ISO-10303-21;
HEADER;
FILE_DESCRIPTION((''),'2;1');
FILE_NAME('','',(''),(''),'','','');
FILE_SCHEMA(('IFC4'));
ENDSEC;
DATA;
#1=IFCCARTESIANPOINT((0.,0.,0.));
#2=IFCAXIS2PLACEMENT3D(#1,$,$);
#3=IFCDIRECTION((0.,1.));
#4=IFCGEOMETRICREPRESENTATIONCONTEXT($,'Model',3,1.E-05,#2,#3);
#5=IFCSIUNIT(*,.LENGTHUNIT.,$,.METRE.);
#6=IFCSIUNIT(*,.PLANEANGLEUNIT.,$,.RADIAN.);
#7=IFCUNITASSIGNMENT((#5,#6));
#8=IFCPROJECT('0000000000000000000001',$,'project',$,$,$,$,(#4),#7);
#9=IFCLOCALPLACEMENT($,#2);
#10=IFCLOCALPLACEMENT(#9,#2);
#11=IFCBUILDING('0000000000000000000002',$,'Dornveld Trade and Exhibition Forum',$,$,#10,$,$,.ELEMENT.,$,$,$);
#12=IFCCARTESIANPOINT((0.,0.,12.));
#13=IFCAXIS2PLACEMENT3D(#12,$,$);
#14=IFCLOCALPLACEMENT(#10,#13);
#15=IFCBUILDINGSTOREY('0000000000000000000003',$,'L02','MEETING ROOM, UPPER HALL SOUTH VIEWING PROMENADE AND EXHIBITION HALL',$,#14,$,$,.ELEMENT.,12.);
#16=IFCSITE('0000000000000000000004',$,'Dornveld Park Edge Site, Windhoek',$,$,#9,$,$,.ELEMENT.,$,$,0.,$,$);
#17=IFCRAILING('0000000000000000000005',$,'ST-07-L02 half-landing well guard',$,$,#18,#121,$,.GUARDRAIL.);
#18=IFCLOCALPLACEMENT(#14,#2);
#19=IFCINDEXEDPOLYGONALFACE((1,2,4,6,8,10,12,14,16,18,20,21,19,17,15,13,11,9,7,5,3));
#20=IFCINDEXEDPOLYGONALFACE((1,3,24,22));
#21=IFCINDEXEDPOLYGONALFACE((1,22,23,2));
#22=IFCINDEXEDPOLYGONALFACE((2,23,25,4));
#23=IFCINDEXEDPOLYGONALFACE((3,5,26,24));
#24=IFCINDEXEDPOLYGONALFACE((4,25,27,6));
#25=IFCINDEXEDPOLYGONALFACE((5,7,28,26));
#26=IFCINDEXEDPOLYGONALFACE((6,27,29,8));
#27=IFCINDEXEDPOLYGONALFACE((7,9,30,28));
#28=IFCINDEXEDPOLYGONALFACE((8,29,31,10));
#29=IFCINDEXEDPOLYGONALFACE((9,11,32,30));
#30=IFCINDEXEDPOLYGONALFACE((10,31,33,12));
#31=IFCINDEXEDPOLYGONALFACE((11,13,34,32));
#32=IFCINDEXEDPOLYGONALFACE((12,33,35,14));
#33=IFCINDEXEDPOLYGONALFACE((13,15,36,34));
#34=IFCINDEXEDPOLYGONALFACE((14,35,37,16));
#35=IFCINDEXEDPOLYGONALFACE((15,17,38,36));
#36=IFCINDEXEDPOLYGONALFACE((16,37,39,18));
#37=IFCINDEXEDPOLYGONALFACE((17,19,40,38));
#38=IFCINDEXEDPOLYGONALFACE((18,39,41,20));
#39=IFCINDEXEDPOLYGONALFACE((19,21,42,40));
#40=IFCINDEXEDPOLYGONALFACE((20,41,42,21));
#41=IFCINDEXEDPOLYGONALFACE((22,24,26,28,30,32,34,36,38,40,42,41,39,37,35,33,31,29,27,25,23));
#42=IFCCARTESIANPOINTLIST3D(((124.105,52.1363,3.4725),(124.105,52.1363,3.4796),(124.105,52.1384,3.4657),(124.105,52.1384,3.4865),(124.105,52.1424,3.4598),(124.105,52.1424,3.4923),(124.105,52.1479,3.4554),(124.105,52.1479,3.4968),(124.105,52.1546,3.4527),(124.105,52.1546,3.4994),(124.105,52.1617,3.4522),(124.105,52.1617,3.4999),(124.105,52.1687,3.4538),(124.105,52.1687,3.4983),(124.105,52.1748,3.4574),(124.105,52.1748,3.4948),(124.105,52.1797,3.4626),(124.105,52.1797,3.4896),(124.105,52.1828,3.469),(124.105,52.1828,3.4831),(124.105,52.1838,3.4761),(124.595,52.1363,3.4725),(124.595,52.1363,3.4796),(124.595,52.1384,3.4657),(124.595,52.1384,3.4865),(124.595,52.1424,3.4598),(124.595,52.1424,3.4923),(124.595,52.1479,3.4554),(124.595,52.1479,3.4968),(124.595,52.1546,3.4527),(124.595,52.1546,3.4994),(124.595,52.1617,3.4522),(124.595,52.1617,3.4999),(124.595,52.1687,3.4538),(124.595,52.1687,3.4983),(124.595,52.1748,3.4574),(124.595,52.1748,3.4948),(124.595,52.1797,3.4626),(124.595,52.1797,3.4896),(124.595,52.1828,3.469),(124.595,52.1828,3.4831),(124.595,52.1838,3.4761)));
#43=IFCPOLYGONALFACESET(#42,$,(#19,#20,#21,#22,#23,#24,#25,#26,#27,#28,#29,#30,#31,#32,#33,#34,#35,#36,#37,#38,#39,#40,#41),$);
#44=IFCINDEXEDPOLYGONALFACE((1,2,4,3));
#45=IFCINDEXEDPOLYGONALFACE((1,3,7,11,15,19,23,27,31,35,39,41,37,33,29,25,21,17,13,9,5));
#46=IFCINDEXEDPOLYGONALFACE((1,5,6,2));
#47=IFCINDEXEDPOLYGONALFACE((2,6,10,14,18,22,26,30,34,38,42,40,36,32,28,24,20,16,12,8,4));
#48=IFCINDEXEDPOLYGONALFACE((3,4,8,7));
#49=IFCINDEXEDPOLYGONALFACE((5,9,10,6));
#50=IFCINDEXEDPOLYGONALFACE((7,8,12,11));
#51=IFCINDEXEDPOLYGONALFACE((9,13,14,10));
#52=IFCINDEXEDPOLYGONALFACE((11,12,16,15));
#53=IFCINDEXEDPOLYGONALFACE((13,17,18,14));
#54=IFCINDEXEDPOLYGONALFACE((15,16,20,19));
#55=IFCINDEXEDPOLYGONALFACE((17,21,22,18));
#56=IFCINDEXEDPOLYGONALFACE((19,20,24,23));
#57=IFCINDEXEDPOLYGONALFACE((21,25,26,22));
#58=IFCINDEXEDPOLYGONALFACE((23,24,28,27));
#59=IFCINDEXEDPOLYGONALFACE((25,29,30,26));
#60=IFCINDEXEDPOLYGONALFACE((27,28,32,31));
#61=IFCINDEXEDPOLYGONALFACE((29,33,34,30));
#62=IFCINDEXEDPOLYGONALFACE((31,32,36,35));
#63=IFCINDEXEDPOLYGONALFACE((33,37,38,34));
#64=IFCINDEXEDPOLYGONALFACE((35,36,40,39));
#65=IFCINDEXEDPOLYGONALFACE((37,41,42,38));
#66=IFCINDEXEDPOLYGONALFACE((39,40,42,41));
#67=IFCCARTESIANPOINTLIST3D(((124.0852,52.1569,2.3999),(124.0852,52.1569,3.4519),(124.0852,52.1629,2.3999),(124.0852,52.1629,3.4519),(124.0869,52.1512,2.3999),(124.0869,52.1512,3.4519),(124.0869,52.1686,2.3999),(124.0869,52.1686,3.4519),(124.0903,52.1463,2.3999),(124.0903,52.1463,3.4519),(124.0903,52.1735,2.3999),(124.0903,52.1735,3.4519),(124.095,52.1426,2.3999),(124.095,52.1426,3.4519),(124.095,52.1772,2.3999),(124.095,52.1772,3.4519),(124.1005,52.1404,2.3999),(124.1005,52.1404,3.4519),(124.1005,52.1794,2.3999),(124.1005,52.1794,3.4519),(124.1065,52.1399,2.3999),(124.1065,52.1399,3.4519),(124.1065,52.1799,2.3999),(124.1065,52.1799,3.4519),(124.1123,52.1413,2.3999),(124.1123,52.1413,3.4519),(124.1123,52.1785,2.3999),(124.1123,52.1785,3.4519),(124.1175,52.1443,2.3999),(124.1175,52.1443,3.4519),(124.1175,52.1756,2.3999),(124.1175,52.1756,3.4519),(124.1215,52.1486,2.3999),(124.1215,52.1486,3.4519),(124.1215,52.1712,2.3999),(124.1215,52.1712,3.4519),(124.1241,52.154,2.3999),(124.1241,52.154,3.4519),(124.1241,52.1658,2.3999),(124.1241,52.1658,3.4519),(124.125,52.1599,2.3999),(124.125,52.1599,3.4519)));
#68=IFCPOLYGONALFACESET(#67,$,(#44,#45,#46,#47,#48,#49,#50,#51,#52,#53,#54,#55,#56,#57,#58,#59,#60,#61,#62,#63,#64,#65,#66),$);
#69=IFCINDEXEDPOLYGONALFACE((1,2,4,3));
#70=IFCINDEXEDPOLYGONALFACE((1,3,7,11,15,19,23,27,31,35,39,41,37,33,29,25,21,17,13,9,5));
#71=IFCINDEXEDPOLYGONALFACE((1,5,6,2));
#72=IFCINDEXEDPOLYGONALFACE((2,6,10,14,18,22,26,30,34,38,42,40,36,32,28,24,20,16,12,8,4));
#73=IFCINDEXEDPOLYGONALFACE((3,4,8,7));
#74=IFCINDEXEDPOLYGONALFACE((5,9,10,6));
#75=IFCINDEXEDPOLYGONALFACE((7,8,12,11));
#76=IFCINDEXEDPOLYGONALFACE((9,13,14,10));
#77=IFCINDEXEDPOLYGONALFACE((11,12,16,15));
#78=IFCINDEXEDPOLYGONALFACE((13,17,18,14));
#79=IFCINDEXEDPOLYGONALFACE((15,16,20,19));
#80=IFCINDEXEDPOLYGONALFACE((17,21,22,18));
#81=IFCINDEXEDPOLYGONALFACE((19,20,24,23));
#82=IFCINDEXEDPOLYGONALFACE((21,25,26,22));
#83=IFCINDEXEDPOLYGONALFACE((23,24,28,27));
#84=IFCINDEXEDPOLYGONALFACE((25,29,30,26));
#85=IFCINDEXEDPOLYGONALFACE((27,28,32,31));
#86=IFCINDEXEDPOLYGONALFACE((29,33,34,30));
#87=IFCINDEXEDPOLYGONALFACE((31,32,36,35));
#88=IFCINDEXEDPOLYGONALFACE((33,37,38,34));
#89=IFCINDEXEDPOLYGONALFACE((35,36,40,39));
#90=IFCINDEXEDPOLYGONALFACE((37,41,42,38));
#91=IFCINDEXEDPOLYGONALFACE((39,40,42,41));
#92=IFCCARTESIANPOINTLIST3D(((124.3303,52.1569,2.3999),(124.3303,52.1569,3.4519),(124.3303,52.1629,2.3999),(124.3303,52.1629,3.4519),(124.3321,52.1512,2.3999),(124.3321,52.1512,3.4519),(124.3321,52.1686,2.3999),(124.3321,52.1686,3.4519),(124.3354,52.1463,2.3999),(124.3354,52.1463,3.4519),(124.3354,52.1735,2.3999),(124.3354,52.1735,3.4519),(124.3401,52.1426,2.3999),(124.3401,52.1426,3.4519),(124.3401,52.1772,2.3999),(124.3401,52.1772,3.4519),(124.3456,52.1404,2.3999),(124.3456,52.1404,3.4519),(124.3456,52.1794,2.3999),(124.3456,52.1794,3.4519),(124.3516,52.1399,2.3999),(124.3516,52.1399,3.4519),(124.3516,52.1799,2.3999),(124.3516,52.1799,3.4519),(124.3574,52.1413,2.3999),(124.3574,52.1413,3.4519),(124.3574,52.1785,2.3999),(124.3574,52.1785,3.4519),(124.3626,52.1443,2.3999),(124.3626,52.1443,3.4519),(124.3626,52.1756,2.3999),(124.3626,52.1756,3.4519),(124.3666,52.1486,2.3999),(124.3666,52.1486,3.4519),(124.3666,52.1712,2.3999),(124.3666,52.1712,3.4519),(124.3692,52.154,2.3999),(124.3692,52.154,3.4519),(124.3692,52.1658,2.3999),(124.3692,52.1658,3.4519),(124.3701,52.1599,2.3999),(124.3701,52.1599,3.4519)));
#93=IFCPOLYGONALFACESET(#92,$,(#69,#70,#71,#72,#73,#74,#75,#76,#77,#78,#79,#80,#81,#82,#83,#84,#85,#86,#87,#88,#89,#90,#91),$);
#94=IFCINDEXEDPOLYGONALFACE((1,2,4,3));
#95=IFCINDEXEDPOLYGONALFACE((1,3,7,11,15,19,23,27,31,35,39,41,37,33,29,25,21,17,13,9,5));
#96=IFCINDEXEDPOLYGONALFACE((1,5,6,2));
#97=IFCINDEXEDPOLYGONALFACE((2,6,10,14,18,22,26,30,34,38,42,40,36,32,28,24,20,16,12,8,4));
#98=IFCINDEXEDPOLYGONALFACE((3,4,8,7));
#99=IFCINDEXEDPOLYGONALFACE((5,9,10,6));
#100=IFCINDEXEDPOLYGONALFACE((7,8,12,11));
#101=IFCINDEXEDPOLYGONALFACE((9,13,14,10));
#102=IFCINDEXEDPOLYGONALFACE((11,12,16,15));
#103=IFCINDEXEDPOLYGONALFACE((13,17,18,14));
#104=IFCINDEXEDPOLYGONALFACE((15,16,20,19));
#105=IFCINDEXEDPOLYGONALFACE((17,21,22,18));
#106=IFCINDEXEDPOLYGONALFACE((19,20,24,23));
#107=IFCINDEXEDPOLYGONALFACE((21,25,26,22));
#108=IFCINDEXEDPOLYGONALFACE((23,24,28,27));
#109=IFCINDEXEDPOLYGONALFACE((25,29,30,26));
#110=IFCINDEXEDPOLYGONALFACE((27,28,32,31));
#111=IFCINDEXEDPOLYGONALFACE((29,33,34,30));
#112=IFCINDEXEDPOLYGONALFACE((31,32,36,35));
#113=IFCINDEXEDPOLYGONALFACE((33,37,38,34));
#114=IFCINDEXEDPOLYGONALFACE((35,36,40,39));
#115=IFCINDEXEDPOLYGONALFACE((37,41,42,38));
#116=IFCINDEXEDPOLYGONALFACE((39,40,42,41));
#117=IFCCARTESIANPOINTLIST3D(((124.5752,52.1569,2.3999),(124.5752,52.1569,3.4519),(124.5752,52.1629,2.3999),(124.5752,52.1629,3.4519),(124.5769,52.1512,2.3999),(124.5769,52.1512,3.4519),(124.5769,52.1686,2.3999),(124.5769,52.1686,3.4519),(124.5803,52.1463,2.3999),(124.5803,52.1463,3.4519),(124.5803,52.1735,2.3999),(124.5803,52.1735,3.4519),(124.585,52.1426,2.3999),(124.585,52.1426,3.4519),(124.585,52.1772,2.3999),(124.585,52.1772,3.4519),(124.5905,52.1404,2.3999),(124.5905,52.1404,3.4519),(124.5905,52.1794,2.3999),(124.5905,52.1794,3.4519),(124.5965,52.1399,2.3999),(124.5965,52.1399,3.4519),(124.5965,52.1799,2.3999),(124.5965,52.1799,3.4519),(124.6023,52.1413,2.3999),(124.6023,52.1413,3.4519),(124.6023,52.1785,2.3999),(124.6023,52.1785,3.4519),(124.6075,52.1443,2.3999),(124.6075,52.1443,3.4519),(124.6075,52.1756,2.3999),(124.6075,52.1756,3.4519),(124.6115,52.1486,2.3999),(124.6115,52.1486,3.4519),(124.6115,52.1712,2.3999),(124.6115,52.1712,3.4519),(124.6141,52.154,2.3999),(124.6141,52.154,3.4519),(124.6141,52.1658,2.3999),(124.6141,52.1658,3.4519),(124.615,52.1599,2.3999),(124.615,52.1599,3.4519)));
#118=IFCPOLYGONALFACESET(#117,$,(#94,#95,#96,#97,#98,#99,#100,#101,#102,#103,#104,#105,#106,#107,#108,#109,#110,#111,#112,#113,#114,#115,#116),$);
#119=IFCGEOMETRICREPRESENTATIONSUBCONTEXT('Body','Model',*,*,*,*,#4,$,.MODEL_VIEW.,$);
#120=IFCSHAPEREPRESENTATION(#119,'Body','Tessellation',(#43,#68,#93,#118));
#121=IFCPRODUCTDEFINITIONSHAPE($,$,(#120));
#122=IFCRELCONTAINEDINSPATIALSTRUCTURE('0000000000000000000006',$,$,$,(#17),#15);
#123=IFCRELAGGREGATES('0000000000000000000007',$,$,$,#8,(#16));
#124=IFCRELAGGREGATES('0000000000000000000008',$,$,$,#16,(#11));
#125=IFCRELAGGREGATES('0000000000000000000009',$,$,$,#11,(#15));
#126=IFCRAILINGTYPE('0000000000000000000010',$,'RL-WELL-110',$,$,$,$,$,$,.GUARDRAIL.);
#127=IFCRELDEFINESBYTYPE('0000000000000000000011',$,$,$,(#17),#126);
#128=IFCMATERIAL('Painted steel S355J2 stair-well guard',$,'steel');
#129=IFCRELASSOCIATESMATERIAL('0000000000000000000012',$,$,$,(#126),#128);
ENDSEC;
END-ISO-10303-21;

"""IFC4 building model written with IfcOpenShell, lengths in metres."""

from ifc_helpers import new_model, si_unit, direction, frame, origin, origin_2d, place, context, subcontext, project, spatial, circle, extrude, material, type_object, element, save


model = new_model("IFC4")

# Units and contexts
model_context = context("Model", 3, precision=1e-05, world=origin(), true_north=direction((0.0, 1.0)))
body_context = subcontext(model_context, "Body", "Model", "MODEL_VIEW")
ifc_project = project(units=[si_unit("LENGTHUNIT", "METRE"), si_unit("PLANEANGLEUNIT", "RADIAN")], contexts=[model_context])

# Site, building, storey
site_placement = place(None, origin())
site = spatial("IfcSite", under=ifc_project, at=site_placement, Name="Dornveld Park Edge Site, Windhoek", CompositionType="ELEMENT", RefElevation=0.0)
building_placement = place(site_placement, origin())
building = spatial("IfcBuilding", under=site, at=building_placement, Name="Dornveld Trade and Exhibition Forum", CompositionType="ELEMENT")
storey_placement = place(building_placement, frame((0.0, 0.0, 12.0)))
storey = spatial("IfcBuildingStorey", under=building, at=storey_placement, Name="L02", Description="MEETING ROOM, UPPER HALL SOUTH VIEWING PROMENADE AND EXHIBITION HALL", CompositionType="ELEMENT", Elevation=12.0)

# Railing
ifc_material_1 = material(Name="Painted steel S355J2 stair-well guard", Category="steel")
railing_type_1 = type_object("IfcRailingType", Name="RL-WELL-110", PredefinedType="GUARDRAIL", material=ifc_material_1)
railing_1_placement = place(storey_placement, frame((124.105, 52.1599, 2.3999)))
element("IfcRailing", 1, at=railing_1_placement, inside=storey, type_object=railing_type_1, Name="ST-07-L02 half-landing well guard", PredefinedType="GUARDRAIL", context=body_context, shape_type="SweptSolid", body=[
    extrude(circle(Radius=0.0239, at=origin_2d()), frame((0.0, 0.0, 1.0762), z_axis=(1.0, 0.0, 0.0), x_axis=(0.0, 1.0, 0.0)), (0.0, 0.0, 1.0), 0.49),
    extrude(circle(Radius=0.02, at=origin_2d()), origin(), (0.0, 0.0, 1.0), 1.052),
    extrude(circle(Radius=0.02, at=origin_2d()), frame((0.2451, 0.0, 0.0)), (0.0, 0.0, 1.0), 1.052),
    extrude(circle(Radius=0.02, at=origin_2d()), frame((0.49, 0.0, 0.0)), (0.0, 0.0, 1.0), 1.052),
])

save(model, "model.ifc")
